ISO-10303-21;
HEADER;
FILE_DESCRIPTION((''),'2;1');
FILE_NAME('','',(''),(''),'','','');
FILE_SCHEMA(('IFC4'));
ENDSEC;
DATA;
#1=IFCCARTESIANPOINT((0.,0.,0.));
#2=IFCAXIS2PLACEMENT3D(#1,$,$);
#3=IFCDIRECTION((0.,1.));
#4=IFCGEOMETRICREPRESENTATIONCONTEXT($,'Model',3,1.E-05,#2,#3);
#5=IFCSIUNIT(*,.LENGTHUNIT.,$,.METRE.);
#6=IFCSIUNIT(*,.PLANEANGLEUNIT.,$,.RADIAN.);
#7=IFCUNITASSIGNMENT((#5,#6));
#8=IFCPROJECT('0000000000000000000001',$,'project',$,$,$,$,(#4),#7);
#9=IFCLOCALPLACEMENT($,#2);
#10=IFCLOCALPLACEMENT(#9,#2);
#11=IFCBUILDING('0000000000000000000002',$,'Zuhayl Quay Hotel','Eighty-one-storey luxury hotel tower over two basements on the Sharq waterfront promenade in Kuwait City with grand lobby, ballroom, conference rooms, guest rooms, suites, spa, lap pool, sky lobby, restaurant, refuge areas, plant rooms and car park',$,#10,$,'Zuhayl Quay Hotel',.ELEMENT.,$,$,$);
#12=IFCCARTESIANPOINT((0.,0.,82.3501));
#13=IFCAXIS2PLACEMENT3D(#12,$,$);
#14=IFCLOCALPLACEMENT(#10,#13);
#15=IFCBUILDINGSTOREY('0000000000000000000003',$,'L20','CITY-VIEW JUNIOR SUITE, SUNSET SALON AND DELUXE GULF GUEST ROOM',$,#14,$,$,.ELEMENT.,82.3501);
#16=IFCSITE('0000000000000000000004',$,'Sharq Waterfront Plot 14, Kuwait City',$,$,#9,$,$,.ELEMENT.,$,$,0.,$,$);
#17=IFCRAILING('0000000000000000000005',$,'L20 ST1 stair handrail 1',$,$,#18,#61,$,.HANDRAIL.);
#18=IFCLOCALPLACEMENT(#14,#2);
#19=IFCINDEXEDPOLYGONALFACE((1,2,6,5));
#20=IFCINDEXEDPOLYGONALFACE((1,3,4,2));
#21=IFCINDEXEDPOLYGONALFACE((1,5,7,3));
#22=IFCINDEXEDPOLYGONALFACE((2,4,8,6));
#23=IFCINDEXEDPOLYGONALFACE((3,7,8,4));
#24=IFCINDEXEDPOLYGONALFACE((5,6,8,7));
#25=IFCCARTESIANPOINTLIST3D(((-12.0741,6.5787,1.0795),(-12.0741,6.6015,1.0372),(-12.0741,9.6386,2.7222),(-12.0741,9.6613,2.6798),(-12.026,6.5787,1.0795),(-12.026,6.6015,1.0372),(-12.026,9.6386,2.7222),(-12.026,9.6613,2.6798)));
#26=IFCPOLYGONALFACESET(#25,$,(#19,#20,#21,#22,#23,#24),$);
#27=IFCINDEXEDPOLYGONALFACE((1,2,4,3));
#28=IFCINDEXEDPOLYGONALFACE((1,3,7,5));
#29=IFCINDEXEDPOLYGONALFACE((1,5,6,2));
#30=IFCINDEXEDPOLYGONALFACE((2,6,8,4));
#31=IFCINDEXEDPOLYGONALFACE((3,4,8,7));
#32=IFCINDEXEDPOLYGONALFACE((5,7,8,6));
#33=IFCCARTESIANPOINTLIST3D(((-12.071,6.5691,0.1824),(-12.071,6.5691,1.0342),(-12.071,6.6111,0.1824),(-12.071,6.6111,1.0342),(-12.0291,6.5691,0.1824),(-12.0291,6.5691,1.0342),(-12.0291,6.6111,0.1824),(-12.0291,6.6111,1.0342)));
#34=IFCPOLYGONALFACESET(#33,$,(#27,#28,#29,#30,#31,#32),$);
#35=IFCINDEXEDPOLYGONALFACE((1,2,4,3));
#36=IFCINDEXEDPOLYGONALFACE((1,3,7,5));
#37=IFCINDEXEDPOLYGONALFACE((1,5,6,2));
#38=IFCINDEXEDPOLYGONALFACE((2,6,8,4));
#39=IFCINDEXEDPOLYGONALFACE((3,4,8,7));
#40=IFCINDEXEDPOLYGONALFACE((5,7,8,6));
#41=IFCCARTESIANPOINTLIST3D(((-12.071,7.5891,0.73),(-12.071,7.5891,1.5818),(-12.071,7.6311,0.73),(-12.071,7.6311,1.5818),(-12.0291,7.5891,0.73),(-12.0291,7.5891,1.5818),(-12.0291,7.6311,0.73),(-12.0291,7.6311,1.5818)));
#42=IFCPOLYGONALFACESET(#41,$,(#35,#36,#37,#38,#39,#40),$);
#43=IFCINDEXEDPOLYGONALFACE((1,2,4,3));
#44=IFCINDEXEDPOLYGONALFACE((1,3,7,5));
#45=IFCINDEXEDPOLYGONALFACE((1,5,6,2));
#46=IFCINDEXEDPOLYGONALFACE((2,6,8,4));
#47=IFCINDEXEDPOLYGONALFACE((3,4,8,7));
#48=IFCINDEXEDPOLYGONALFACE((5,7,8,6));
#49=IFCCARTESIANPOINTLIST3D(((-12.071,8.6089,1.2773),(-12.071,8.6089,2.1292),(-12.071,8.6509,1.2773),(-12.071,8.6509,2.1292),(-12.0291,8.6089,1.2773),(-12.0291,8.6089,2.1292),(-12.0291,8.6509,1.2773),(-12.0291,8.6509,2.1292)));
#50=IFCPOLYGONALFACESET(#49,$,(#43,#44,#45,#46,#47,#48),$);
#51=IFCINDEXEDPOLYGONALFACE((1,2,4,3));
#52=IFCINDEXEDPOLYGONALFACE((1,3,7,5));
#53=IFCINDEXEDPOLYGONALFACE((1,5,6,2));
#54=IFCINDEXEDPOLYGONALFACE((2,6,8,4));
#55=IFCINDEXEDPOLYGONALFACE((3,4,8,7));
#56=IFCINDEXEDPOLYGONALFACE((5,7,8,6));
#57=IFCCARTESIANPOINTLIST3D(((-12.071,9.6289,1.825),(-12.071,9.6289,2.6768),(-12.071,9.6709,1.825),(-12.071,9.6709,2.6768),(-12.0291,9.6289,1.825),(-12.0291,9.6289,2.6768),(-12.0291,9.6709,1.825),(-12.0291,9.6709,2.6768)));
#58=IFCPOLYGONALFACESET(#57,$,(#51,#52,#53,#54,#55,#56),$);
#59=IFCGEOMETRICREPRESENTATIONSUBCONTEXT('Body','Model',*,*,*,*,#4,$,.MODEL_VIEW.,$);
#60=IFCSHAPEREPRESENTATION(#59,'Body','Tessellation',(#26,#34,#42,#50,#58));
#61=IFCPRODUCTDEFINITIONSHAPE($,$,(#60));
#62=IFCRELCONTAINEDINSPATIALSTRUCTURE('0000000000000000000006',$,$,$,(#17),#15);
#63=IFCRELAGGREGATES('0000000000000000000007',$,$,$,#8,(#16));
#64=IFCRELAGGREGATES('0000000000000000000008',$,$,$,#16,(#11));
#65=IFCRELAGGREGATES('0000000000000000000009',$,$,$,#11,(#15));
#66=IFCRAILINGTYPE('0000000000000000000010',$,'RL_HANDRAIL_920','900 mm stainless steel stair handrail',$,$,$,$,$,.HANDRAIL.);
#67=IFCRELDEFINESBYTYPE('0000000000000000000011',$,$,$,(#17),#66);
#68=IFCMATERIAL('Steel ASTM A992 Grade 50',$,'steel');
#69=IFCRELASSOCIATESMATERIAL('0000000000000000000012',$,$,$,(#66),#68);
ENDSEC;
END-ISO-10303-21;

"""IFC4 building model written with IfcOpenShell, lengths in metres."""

from ifc_helpers import new_model, si_unit, direction, frame, origin, origin_2d, place, context, subcontext, project, spatial, rectangle, extrude, material, type_object, element, save


model = new_model("IFC4")

# Units and contexts
model_context = context("Model", 3, precision=1e-05, world=origin(), true_north=direction((0.0, 1.0)))
body_context = subcontext(model_context, "Body", "Model", "MODEL_VIEW")
ifc_project = project(units=[si_unit("LENGTHUNIT", "METRE"), si_unit("PLANEANGLEUNIT", "RADIAN")], contexts=[model_context])

# Site, building, storey
site_placement = place(None, origin())
site = spatial("IfcSite", under=ifc_project, at=site_placement, Name="Sharq Waterfront Plot 14, Kuwait City", CompositionType="ELEMENT", RefElevation=0.0)
building_placement = place(site_placement, origin())
building = spatial("IfcBuilding", under=site, at=building_placement, Name="Zuhayl Quay Hotel", Description="Eighty-one-storey luxury hotel tower over two basements on the Sharq waterfront promenade in Kuwait City with grand lobby, ballroom, conference rooms, guest rooms, suites, spa, lap pool, sky lobby, restaurant, refuge areas, plant rooms and car park", LongName="Zuhayl Quay Hotel", CompositionType="ELEMENT")
storey_placement = place(building_placement, frame((0.0, 0.0, 82.3501)))
storey = spatial("IfcBuildingStorey", under=building, at=storey_placement, Name="L20", Description="CITY-VIEW JUNIOR SUITE, SUNSET SALON AND DELUXE GULF GUEST ROOM", CompositionType="ELEMENT", Elevation=82.3501)

# Shared definitions
ifc_material_1 = material(Name="Steel ASTM A992 Grade 50", Category="steel")

# Railing
railing_type_1 = type_object("IfcRailingType", Name="RL_HANDRAIL_920", Description="900 mm stainless steel stair handrail", PredefinedType="HANDRAIL", material=ifc_material_1)
railing_1_placement = place(storey_placement, frame((-12.05, 6.5901, 0.1824)))
element("IfcRailing", 1, at=railing_1_placement, inside=storey, type_object=railing_type_1, Name="L20 ST1 stair handrail 1", PredefinedType="HANDRAIL", context=body_context, shape_type="SweptSolid", body=[
    extrude(rectangle(XDim=0.0481, YDim=0.0481, at=origin_2d()), frame((0.0, 0.0, 0.876), z_axis=(0.0, 0.881073, 0.47298), x_axis=(-1.0, 0.0, 0.0)), (0.0, 0.0, 1.0), 3.4729),
    extrude(rectangle(XDim=0.042, YDim=0.042, at=origin_2d()), origin(), (0.0, 0.0, 1.0), 0.8518),
    extrude(rectangle(XDim=0.042, YDim=0.042, at=origin_2d()), frame((0.0, 1.02, 0.5476)), (0.0, 0.0, 1.0), 0.8518),
    extrude(rectangle(XDim=0.042, YDim=0.042, at=origin_2d()), frame((0.0, 2.0398, 1.095)), (0.0, 0.0, 1.0), 0.8518),
    extrude(rectangle(XDim=0.042, YDim=0.042, at=origin_2d()), frame((0.0, 3.0598, 1.6426)), (0.0, 0.0, 1.0), 0.8518),
])

save(model, "model.ifc")
